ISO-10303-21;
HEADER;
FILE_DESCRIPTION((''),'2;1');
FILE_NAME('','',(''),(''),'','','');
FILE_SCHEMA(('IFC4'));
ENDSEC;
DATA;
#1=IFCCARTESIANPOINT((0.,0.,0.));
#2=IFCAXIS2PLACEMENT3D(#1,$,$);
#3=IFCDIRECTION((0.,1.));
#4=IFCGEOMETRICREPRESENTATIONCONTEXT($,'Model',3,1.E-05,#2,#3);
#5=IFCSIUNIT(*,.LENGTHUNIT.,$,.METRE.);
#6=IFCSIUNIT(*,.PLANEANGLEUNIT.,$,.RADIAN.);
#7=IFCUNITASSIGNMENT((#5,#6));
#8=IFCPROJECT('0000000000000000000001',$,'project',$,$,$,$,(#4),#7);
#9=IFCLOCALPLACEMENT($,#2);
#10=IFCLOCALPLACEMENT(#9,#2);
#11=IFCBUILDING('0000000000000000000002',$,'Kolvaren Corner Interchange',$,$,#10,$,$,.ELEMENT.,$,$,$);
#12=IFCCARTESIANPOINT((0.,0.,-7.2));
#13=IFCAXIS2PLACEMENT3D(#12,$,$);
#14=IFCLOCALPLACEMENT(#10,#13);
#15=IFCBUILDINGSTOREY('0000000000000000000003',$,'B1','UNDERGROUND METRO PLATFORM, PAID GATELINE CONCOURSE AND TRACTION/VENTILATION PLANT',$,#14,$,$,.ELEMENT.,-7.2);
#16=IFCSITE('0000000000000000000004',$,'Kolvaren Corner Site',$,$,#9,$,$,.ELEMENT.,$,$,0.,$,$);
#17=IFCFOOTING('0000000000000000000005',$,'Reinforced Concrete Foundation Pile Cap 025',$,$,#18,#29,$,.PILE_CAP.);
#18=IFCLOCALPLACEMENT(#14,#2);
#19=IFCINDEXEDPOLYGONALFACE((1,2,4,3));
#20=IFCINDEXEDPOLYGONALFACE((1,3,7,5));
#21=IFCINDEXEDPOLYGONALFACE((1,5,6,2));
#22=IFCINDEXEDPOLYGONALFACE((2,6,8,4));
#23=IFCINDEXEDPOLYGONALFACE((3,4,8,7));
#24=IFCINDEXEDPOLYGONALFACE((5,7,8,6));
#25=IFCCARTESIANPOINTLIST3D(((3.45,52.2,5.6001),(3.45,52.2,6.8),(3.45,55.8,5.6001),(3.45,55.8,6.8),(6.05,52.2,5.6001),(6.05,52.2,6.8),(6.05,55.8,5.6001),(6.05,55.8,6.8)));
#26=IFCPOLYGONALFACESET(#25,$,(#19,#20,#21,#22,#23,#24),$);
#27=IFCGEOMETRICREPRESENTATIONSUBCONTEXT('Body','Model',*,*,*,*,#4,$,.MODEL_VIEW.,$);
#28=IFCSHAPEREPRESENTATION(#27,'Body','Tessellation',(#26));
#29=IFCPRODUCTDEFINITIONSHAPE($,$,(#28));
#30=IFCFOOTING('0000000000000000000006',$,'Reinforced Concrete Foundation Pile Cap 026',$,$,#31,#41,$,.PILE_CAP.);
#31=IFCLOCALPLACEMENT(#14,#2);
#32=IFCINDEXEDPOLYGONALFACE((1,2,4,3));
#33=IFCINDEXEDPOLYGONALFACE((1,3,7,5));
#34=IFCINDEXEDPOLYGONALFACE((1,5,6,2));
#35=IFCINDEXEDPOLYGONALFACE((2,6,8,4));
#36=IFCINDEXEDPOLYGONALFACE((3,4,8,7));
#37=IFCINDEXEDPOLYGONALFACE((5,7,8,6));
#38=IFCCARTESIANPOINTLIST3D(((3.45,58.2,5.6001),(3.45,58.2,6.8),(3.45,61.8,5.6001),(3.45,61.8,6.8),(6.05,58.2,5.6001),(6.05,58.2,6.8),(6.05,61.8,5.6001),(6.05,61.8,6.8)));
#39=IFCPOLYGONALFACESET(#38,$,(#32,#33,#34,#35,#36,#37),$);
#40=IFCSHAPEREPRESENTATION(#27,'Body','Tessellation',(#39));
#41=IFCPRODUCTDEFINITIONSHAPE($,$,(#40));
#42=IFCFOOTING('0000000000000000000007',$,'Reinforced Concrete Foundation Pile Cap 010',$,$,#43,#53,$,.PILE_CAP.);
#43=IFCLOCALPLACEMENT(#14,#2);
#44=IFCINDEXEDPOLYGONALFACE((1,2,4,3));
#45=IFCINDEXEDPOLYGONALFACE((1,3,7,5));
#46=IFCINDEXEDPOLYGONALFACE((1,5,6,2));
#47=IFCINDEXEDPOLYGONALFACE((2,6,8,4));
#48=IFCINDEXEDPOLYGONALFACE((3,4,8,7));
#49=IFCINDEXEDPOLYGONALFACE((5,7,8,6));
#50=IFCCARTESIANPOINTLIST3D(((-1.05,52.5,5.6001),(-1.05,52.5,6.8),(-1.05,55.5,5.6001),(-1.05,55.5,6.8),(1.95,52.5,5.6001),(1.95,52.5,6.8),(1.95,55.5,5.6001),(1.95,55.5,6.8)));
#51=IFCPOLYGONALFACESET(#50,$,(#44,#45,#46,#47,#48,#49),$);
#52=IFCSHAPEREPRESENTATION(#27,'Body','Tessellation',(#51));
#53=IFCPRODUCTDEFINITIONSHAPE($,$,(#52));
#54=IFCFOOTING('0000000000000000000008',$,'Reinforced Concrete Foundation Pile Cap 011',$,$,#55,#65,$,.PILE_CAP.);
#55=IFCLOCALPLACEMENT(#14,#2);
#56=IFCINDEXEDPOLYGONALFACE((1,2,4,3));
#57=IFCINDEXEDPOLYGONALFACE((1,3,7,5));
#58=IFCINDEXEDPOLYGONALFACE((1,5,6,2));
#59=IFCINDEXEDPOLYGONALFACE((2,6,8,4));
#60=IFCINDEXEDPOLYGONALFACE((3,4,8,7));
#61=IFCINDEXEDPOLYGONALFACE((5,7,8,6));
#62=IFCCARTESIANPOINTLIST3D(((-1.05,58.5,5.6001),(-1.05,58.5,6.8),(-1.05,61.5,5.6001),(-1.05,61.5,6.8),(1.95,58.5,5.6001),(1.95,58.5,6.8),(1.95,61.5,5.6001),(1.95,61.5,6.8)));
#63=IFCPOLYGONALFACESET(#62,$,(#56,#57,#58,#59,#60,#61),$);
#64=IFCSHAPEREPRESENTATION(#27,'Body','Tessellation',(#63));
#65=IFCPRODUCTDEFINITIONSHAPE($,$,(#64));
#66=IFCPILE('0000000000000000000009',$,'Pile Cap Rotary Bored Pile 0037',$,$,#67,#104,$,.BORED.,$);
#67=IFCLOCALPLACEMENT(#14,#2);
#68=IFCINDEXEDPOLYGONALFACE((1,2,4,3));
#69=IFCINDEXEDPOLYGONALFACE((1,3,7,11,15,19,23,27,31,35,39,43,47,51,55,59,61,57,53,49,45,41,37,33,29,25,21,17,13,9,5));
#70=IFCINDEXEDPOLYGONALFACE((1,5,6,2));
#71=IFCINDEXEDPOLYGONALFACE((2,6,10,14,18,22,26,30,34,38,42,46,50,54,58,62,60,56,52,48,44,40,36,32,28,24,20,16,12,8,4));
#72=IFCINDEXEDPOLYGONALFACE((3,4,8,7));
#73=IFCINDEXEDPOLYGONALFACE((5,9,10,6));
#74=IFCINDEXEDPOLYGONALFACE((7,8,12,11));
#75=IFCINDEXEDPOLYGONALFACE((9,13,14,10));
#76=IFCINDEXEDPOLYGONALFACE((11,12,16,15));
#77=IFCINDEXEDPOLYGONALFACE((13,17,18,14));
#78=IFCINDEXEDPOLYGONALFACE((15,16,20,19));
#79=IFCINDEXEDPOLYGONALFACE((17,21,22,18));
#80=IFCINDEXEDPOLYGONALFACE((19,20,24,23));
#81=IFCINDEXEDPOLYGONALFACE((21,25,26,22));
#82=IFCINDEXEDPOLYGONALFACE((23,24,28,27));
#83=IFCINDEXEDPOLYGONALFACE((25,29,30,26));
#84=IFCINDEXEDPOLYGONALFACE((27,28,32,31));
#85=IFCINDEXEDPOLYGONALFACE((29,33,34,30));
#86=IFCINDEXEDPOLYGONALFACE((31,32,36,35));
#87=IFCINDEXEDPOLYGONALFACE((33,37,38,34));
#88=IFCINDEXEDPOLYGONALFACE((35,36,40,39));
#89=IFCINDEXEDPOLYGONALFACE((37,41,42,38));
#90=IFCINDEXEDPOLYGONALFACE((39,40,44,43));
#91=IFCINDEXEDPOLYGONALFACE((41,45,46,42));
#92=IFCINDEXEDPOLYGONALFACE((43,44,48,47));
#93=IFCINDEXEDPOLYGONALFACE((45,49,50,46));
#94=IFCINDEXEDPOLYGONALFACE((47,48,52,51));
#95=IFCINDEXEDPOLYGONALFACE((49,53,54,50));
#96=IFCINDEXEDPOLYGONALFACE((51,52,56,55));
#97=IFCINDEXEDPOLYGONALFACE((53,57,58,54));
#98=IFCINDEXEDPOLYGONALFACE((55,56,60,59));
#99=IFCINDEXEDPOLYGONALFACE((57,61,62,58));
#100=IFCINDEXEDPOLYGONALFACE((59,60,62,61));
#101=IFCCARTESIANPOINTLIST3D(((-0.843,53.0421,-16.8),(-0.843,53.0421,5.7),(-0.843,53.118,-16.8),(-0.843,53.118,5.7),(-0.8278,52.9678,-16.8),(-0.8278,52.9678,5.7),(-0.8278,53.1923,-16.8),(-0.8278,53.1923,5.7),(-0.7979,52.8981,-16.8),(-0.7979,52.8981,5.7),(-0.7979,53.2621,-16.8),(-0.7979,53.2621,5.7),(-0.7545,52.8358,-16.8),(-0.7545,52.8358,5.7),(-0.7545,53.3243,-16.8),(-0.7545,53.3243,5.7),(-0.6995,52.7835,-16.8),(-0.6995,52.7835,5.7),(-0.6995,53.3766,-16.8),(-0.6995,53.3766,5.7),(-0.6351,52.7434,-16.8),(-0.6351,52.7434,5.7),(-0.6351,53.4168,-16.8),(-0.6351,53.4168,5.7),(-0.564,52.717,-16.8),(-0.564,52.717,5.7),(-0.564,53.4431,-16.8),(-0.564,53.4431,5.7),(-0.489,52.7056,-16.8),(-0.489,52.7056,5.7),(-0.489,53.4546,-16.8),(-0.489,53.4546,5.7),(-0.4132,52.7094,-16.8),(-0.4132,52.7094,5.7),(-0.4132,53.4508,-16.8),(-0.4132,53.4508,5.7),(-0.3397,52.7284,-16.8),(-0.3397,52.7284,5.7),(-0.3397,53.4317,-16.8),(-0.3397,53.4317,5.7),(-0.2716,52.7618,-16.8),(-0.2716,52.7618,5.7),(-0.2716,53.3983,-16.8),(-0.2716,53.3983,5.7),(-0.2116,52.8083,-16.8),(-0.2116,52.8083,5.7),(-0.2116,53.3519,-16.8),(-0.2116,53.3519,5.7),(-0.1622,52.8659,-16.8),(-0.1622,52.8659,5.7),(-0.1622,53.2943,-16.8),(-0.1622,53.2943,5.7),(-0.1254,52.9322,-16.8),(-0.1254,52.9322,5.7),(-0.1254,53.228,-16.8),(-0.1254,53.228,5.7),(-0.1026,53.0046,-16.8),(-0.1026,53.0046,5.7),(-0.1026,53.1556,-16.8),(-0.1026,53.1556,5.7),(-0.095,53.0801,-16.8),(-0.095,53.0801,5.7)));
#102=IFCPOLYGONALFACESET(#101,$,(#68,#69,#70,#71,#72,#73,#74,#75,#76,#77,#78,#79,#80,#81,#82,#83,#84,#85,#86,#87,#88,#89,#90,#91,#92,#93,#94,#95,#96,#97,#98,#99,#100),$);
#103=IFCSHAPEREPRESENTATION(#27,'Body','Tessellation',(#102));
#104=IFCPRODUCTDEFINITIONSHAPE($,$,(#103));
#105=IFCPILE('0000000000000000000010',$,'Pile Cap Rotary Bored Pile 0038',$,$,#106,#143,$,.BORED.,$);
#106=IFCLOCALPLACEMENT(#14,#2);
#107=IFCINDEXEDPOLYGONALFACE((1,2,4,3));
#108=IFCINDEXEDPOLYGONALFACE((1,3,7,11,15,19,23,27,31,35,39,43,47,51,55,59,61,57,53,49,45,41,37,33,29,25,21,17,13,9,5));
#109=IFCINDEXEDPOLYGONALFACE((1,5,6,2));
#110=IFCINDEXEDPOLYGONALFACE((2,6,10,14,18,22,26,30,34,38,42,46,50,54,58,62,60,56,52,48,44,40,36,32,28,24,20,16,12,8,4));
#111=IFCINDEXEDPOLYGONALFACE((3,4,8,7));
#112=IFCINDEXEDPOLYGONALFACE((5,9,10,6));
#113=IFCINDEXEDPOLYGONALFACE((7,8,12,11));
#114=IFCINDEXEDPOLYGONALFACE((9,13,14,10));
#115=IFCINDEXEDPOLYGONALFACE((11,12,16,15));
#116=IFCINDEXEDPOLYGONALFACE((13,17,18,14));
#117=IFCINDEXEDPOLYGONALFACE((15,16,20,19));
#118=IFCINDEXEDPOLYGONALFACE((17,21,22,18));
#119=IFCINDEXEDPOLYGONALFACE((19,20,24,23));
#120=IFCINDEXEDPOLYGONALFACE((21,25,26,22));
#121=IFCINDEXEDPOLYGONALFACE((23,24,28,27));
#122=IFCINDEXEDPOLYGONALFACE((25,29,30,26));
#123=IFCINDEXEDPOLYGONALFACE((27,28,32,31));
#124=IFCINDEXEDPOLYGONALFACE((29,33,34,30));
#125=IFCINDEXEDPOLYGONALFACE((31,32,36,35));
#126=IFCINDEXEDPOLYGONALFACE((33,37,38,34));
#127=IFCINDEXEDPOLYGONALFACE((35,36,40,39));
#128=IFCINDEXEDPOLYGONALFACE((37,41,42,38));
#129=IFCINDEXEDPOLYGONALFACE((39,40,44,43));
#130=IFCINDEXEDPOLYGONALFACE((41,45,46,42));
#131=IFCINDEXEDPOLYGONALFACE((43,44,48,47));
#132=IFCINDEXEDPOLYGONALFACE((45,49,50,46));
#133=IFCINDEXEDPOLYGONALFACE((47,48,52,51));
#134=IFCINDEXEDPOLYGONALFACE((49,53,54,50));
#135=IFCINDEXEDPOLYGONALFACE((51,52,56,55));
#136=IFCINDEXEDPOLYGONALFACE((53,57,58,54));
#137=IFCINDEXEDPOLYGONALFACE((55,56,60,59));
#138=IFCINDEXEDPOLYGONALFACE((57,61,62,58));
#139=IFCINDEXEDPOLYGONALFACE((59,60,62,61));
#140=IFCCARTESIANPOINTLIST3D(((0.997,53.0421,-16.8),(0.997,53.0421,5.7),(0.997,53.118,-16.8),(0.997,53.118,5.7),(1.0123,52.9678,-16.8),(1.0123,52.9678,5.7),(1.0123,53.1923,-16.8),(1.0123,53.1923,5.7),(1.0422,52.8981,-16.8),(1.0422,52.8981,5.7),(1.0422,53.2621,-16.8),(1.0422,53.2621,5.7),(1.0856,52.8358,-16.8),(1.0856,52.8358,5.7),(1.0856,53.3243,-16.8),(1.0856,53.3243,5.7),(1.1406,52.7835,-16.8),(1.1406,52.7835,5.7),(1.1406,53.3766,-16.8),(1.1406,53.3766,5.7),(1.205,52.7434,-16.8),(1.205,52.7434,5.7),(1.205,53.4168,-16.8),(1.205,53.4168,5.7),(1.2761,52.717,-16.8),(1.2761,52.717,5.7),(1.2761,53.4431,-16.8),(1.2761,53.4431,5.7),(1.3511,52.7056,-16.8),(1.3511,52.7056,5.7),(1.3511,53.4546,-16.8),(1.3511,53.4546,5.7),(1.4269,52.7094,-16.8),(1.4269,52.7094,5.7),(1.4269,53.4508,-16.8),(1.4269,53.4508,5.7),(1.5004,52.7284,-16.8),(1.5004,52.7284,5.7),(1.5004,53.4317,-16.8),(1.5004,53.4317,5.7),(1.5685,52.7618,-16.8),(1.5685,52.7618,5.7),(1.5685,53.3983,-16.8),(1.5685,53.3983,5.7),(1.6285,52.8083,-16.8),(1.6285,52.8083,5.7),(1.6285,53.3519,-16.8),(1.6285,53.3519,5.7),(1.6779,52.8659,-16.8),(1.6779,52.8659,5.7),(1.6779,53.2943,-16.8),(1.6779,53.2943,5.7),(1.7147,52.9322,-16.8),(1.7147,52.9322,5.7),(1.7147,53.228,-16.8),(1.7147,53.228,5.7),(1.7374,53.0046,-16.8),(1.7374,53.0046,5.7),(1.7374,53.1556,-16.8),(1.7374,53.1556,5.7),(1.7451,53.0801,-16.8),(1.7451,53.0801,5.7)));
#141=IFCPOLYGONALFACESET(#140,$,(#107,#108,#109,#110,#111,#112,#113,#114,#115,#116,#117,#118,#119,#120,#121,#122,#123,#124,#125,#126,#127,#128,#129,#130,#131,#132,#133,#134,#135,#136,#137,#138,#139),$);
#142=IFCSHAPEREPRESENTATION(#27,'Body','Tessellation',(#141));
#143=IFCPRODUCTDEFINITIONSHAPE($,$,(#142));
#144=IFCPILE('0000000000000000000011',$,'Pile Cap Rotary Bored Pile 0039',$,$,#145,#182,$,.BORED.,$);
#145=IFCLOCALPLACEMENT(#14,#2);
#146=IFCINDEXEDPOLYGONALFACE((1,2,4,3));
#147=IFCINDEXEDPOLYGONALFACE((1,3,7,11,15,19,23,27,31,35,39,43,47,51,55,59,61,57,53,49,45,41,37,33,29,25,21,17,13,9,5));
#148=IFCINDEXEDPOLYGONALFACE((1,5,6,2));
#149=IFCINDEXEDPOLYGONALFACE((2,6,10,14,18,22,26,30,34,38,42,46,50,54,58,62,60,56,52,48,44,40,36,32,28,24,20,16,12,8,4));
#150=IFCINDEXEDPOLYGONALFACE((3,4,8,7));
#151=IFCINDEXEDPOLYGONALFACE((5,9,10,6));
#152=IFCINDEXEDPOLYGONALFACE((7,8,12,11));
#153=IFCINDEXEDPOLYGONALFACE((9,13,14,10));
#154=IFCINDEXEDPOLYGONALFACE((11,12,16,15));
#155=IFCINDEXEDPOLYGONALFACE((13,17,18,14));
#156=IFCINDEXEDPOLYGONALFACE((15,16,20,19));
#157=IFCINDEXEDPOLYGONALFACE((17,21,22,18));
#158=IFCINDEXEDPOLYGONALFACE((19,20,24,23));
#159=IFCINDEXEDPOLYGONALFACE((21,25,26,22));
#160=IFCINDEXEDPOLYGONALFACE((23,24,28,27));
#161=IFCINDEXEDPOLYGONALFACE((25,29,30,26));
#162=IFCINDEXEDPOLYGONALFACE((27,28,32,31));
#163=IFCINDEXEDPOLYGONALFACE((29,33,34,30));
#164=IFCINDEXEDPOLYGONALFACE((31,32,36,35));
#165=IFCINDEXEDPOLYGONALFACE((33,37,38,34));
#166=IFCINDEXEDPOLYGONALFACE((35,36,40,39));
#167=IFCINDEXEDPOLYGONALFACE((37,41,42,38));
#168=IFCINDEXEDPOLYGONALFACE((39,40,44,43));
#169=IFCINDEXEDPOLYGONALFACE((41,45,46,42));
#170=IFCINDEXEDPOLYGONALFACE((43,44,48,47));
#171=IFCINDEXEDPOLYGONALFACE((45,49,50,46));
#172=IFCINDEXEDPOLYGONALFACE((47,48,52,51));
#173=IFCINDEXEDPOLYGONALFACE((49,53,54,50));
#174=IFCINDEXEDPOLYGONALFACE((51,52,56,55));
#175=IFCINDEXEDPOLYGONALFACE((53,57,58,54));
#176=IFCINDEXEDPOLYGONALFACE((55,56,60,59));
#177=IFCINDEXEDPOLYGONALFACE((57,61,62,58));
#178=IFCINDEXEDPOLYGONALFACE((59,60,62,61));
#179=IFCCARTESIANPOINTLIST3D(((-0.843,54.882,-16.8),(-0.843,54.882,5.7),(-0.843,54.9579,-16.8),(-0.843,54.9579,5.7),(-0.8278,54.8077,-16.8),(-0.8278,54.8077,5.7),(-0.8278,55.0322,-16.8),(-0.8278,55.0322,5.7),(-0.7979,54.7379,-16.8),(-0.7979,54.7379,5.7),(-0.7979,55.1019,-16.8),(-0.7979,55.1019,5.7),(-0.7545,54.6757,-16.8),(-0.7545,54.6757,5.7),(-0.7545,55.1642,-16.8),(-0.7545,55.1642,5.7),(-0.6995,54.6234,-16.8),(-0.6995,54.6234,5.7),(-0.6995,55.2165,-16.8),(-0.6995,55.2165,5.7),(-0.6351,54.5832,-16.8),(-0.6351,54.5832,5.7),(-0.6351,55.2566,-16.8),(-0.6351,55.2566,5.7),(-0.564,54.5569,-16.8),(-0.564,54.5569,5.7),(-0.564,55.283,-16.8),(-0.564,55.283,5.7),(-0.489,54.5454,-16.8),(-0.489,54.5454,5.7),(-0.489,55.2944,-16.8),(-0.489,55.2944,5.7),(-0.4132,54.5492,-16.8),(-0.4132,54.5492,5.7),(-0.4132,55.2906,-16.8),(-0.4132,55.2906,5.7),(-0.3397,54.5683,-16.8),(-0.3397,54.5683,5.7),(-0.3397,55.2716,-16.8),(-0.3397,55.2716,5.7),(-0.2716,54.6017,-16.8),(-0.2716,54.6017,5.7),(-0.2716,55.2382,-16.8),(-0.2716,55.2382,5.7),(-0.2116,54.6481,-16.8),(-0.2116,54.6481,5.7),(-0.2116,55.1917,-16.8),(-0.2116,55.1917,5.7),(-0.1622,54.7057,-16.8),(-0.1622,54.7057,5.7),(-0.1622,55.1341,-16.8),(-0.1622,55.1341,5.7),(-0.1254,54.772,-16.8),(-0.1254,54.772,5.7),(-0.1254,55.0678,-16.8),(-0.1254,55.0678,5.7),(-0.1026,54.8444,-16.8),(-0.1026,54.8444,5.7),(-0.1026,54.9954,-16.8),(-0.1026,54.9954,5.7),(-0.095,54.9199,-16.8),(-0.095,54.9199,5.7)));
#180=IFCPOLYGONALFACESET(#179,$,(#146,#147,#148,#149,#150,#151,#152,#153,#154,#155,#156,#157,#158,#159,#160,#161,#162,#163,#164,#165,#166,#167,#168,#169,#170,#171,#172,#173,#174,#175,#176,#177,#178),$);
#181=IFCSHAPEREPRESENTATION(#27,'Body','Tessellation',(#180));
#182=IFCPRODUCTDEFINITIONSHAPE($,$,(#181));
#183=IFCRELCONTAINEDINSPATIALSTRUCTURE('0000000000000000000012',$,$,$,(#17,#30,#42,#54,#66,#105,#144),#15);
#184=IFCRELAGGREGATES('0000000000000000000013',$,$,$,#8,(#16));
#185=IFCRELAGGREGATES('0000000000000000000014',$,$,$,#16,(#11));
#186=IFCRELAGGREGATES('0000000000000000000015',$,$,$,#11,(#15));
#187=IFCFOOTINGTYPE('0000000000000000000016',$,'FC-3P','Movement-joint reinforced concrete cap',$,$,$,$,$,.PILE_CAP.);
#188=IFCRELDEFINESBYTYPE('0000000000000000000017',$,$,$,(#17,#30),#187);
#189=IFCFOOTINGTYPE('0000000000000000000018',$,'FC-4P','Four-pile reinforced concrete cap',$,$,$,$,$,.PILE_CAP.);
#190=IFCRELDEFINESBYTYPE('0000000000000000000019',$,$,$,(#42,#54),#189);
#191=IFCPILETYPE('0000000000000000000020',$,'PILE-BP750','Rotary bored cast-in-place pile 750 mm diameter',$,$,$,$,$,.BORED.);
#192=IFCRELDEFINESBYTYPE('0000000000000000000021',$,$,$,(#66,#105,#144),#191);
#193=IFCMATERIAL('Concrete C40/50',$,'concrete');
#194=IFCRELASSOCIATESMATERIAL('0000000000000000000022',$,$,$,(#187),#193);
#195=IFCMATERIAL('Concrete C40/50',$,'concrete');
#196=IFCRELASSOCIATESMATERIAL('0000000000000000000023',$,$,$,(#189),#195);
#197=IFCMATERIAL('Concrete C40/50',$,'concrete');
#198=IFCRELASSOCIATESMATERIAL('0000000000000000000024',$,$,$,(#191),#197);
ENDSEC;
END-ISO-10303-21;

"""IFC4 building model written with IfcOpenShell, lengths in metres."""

from ifc_helpers import new_model, si_unit, direction, frame, origin, origin_2d, place, context, subcontext, project, spatial, rectangle, circle, extrude, material, material_profile, profile_set, type_object, element, save


model = new_model("IFC4")

# Units and contexts
model_context = context("Model", 3, precision=1e-05, world=origin(), true_north=direction((0.0, 1.0)))
body_context = subcontext(model_context, "Body", "Model", "MODEL_VIEW")
ifc_project = project(units=[si_unit("LENGTHUNIT", "METRE"), si_unit("PLANEANGLEUNIT", "RADIAN")], contexts=[model_context])

# Site, building, storey
site_placement = place(None, origin())
site = spatial("IfcSite", under=ifc_project, at=site_placement, Name="Kolvaren Corner Site", CompositionType="ELEMENT", RefElevation=0.0)
building_placement = place(site_placement, origin())
building = spatial("IfcBuilding", under=site, at=building_placement, Name="Kolvaren Corner Interchange", CompositionType="ELEMENT")
storey_placement = place(building_placement, frame((0.0, 0.0, -7.2)))
storey = spatial("IfcBuildingStorey", under=building, at=storey_placement, Name="B1", Description="UNDERGROUND METRO PLATFORM, PAID GATELINE CONCOURSE AND TRACTION/VENTILATION PLANT", CompositionType="ELEMENT", Elevation=-7.2)

# Footings
ifc_material_1 = material(Name="Concrete C40/50", Category="concrete")
footing_type_1 = type_object("IfcFootingType", Name="FC-3P", Description="Movement-joint reinforced concrete cap", PredefinedType="PILE_CAP", material=ifc_material_1)
for number, where, z_axis, x_axis, name in (
    (1, (4.75, 54.0, 5.6001), (0.0, 0.0, 1.0), (1.0, 0.0, 0.0), "Reinforced Concrete Foundation Pile Cap 025"),
    (2, (4.75, 60.0, 5.6001), (0.0, 0.0, 1.0), (1.0, 0.0, 0.0), "Reinforced Concrete Foundation Pile Cap 026"),
):
    element("IfcFooting", number, at=place(storey_placement, frame(where, z_axis=z_axis, x_axis=x_axis)), inside=storey, type_object=footing_type_1, Name=name, PredefinedType="PILE_CAP", context=body_context, shape_type="SweptSolid", body=[
        extrude(rectangle(XDim=2.6001, YDim=3.6001, at=origin_2d()), origin(), (0.0, 0.0, 1.0), 1.2),
    ])
ifc_material_2 = material(Name="Concrete C40/50", Category="concrete")
footing_type_2 = type_object("IfcFootingType", Name="FC-4P", Description="Four-pile reinforced concrete cap", PredefinedType="PILE_CAP", material=ifc_material_2)
for number, where, z_axis, x_axis, name in (
    (3, (0.45, 54.0, 5.6001), (0.0, 0.0, 1.0), (1.0, 0.0, 0.0), "Reinforced Concrete Foundation Pile Cap 010"),
    (4, (0.45, 60.0, 5.6001), (0.0, 0.0, 1.0), (1.0, 0.0, 0.0), "Reinforced Concrete Foundation Pile Cap 011"),
):
    element("IfcFooting", number, at=place(storey_placement, frame(where, z_axis=z_axis, x_axis=x_axis)), inside=storey, type_object=footing_type_2, Name=name, PredefinedType="PILE_CAP", context=body_context, shape_type="SweptSolid", body=[
        extrude(rectangle(XDim=3.0, YDim=3.0, at=origin_2d()), origin(), (0.0, 0.0, 1.0), 1.2),
    ])

# Piles
ifc_material_3 = material(Name="Concrete C40/50", Category="concrete")
ifc_material_profile_1 = material_profile(ifc_material_3, circle(Radius=0.375, at=origin_2d()), Name="BORED PILE 750")
ifc_profile_set_1 = profile_set([ifc_material_profile_1], Name="Concrete C40/50")
pile_type_1 = type_object("IfcPileType", Name="PILE-BP750", Description="Rotary bored cast-in-place pile 750 mm diameter", PredefinedType="BORED", material=ifc_profile_set_1)
for number, where, z_axis, x_axis, name in (
    (5, (-0.47, 53.0801, 5.7), (0.0, 0.0, -1.0), (1.0, 0.0, 0.0), "Pile Cap Rotary Bored Pile 0037"),
    (6, (1.3701, 53.0801, 5.7), (0.0, 0.0, -1.0), (1.0, 0.0, 0.0), "Pile Cap Rotary Bored Pile 0038"),
    (7, (-0.47, 54.9199, 5.7), (0.0, 0.0, -1.0), (1.0, 0.0, 0.0), "Pile Cap Rotary Bored Pile 0039"),
):
    element("IfcPile", number, at=place(storey_placement, frame(where, z_axis=z_axis, x_axis=x_axis)), inside=storey, type_object=pile_type_1, Name=name, PredefinedType="BORED", context=body_context, shape_type="SweptSolid", body=[
        extrude(circle(Radius=0.375, at=origin_2d()), origin(), (0.0, 0.0, 1.0), 22.5),
    ])

save(model, "model.ifc")
